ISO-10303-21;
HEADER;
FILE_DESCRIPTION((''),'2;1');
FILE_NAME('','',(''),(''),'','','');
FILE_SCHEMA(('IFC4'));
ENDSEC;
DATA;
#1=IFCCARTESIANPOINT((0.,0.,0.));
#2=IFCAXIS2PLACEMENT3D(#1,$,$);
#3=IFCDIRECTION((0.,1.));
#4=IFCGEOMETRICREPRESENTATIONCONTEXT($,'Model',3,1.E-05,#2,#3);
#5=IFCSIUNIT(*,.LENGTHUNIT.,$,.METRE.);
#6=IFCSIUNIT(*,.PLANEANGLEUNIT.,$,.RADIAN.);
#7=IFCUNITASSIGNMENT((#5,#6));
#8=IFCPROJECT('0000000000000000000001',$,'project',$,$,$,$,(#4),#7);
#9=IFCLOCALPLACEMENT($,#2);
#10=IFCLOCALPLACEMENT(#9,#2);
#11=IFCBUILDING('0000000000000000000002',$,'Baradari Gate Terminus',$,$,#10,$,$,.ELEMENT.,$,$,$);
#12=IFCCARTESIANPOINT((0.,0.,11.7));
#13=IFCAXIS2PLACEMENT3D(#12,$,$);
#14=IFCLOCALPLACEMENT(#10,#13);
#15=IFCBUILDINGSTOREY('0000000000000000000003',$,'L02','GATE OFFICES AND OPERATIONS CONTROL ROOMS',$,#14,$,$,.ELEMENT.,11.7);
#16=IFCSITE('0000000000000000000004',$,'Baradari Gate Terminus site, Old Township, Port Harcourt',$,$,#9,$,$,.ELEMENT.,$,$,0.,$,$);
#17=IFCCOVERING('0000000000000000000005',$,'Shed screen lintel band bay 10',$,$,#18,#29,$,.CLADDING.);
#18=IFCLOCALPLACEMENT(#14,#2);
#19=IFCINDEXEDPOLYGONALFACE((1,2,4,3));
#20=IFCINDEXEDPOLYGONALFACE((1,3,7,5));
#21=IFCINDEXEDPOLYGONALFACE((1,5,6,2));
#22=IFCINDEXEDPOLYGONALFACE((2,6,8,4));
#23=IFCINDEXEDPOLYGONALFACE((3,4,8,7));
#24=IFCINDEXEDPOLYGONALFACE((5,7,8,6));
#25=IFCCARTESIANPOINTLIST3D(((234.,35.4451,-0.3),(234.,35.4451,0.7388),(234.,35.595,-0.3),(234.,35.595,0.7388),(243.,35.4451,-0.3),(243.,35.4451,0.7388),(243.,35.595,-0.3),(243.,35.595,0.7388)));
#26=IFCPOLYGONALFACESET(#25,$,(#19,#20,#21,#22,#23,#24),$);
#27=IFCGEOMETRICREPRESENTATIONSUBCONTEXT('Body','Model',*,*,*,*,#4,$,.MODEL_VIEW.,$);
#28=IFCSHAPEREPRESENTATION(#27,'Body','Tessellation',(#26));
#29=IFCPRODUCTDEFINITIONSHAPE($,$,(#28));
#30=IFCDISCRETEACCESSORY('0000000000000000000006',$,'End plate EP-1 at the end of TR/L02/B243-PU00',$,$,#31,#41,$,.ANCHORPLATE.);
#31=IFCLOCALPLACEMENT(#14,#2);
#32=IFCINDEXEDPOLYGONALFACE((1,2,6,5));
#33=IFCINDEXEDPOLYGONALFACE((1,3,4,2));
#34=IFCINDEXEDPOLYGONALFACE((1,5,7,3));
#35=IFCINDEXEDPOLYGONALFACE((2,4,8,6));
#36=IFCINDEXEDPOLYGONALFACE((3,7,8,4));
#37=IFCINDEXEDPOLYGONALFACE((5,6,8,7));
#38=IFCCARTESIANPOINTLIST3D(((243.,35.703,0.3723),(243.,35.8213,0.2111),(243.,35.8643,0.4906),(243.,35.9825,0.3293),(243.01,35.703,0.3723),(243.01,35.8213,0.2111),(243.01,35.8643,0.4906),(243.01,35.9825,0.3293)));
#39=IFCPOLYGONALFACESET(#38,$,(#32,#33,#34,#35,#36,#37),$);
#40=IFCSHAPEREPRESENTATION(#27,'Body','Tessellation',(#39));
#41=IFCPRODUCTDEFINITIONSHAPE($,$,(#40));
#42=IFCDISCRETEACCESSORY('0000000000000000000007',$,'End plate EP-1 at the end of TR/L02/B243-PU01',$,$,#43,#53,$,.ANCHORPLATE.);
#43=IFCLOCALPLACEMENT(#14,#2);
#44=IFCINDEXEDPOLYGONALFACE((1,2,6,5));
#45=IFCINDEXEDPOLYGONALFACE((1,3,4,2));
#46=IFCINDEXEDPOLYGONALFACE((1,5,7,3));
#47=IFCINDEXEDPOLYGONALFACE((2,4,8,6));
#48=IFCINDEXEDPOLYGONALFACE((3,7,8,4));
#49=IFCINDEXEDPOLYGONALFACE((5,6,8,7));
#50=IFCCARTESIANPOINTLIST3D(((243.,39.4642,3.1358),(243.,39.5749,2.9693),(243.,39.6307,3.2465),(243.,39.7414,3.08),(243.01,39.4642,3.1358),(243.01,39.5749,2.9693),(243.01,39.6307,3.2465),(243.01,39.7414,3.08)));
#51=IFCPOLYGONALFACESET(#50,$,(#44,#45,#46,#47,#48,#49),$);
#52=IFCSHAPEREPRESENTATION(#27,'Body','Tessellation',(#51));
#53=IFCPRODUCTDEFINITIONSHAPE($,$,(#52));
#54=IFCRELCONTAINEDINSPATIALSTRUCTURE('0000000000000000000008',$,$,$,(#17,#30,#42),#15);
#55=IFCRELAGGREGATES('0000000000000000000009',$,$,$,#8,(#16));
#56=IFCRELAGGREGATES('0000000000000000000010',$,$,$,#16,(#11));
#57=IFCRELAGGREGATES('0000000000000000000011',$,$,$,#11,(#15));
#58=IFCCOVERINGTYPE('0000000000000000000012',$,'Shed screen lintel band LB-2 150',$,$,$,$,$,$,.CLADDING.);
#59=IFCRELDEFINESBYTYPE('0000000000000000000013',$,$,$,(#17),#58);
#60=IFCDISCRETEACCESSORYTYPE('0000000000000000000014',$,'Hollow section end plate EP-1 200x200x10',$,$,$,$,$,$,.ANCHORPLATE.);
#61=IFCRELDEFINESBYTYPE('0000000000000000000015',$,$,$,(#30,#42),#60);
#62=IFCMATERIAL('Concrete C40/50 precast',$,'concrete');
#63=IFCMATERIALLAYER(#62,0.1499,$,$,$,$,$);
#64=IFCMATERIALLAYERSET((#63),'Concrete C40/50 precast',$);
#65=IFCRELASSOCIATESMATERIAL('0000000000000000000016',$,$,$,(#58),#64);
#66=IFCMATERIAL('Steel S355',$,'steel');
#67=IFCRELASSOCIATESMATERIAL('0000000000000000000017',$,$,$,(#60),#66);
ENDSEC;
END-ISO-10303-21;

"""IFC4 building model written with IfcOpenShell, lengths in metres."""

from ifc_helpers import new_model, si_unit, direction, frame, origin, origin_2d, place, context, subcontext, project, spatial, polyline, rectangle, outline, extrude, material, layer, layer_set, type_object, element, save


model = new_model("IFC4")

# Units and contexts
model_context = context("Model", 3, precision=1e-05, world=origin(), true_north=direction((0.0, 1.0)))
body_context = subcontext(model_context, "Body", "Model", "MODEL_VIEW")
ifc_project = project(units=[si_unit("LENGTHUNIT", "METRE"), si_unit("PLANEANGLEUNIT", "RADIAN")], contexts=[model_context])

# Site, building, storey
site_placement = place(None, origin())
site = spatial("IfcSite", under=ifc_project, at=site_placement, Name="Baradari Gate Terminus site, Old Township, Port Harcourt", CompositionType="ELEMENT", RefElevation=0.0)
building_placement = place(site_placement, origin())
building = spatial("IfcBuilding", under=site, at=building_placement, Name="Baradari Gate Terminus", CompositionType="ELEMENT")
storey_placement = place(building_placement, frame((0.0, 0.0, 11.7)))
storey = spatial("IfcBuildingStorey", under=building, at=storey_placement, Name="L02", Description="GATE OFFICES AND OPERATIONS CONTROL ROOMS", CompositionType="ELEMENT", Elevation=11.7)

# Covering
ifc_material_1 = material(Name="Concrete C40/50 precast", Category="concrete")
ifc_layer_1 = layer(ifc_material_1, 0.1499)
ifc_layer_set_1 = layer_set([ifc_layer_1], Name="Concrete C40/50 precast")
covering_type = type_object("IfcCoveringType", Name="Shed screen lintel band LB-2 150", PredefinedType="CLADDING", material=ifc_layer_set_1)
covering_placement = place(storey_placement, frame((234.0, 35.52, -0.3), z_axis=(0.0, 0.0, 1.0), x_axis=(1.0, 0.0, 0.0)))
element("IfcCovering", 1, at=covering_placement, inside=storey, type_object=covering_type, Name="Shed screen lintel band bay 10", PredefinedType="CLADDING", context=body_context, shape_type="SweptSolid", body=[
    extrude(outline(polyline([(9.0, 0.0), (9.0, 1.0388), (0.0, 1.0388), (0.0, 0.0), (9.0, 0.0)])), frame((0.0, 0.075, 0.0), z_axis=(0.0, -1.0, 0.0), x_axis=(1.0, 0.0, 0.0)), (0.0, 0.0, 1.0), 0.1499),
])

# Discrete accessories
ifc_material_2 = material(Name="Steel S355", Category="steel")
discrete_accessory_type = type_object("IfcDiscreteAccessoryType", Name="Hollow section end plate EP-1 200x200x10", PredefinedType="ANCHORPLATE", material=ifc_material_2)
for number, where, z_axis, x_axis, name in (
    (2, (243.0, 35.8428, 0.3508), (1.0, 0.0, 0.0), (0.0, 0.806405, 0.591364), "End plate EP-1 at the end of TR/L02/B243-PU00"),
    (3, (243.0, 39.6028, 3.1079), (1.0, 0.0, 0.0), (0.0, 0.832836, 0.553519), "End plate EP-1 at the end of TR/L02/B243-PU01"),
):
    element("IfcDiscreteAccessory", number, at=place(storey_placement, frame(where, z_axis=z_axis, x_axis=x_axis)), inside=storey, type_object=discrete_accessory_type, Name=name, PredefinedType="ANCHORPLATE", context=body_context, shape_type="SweptSolid", body=[
        extrude(rectangle(XDim=0.2, YDim=0.2, at=origin_2d()), origin(), (0.0, 0.0, 1.0), 0.01),
    ])

save(model, "model.ifc")
